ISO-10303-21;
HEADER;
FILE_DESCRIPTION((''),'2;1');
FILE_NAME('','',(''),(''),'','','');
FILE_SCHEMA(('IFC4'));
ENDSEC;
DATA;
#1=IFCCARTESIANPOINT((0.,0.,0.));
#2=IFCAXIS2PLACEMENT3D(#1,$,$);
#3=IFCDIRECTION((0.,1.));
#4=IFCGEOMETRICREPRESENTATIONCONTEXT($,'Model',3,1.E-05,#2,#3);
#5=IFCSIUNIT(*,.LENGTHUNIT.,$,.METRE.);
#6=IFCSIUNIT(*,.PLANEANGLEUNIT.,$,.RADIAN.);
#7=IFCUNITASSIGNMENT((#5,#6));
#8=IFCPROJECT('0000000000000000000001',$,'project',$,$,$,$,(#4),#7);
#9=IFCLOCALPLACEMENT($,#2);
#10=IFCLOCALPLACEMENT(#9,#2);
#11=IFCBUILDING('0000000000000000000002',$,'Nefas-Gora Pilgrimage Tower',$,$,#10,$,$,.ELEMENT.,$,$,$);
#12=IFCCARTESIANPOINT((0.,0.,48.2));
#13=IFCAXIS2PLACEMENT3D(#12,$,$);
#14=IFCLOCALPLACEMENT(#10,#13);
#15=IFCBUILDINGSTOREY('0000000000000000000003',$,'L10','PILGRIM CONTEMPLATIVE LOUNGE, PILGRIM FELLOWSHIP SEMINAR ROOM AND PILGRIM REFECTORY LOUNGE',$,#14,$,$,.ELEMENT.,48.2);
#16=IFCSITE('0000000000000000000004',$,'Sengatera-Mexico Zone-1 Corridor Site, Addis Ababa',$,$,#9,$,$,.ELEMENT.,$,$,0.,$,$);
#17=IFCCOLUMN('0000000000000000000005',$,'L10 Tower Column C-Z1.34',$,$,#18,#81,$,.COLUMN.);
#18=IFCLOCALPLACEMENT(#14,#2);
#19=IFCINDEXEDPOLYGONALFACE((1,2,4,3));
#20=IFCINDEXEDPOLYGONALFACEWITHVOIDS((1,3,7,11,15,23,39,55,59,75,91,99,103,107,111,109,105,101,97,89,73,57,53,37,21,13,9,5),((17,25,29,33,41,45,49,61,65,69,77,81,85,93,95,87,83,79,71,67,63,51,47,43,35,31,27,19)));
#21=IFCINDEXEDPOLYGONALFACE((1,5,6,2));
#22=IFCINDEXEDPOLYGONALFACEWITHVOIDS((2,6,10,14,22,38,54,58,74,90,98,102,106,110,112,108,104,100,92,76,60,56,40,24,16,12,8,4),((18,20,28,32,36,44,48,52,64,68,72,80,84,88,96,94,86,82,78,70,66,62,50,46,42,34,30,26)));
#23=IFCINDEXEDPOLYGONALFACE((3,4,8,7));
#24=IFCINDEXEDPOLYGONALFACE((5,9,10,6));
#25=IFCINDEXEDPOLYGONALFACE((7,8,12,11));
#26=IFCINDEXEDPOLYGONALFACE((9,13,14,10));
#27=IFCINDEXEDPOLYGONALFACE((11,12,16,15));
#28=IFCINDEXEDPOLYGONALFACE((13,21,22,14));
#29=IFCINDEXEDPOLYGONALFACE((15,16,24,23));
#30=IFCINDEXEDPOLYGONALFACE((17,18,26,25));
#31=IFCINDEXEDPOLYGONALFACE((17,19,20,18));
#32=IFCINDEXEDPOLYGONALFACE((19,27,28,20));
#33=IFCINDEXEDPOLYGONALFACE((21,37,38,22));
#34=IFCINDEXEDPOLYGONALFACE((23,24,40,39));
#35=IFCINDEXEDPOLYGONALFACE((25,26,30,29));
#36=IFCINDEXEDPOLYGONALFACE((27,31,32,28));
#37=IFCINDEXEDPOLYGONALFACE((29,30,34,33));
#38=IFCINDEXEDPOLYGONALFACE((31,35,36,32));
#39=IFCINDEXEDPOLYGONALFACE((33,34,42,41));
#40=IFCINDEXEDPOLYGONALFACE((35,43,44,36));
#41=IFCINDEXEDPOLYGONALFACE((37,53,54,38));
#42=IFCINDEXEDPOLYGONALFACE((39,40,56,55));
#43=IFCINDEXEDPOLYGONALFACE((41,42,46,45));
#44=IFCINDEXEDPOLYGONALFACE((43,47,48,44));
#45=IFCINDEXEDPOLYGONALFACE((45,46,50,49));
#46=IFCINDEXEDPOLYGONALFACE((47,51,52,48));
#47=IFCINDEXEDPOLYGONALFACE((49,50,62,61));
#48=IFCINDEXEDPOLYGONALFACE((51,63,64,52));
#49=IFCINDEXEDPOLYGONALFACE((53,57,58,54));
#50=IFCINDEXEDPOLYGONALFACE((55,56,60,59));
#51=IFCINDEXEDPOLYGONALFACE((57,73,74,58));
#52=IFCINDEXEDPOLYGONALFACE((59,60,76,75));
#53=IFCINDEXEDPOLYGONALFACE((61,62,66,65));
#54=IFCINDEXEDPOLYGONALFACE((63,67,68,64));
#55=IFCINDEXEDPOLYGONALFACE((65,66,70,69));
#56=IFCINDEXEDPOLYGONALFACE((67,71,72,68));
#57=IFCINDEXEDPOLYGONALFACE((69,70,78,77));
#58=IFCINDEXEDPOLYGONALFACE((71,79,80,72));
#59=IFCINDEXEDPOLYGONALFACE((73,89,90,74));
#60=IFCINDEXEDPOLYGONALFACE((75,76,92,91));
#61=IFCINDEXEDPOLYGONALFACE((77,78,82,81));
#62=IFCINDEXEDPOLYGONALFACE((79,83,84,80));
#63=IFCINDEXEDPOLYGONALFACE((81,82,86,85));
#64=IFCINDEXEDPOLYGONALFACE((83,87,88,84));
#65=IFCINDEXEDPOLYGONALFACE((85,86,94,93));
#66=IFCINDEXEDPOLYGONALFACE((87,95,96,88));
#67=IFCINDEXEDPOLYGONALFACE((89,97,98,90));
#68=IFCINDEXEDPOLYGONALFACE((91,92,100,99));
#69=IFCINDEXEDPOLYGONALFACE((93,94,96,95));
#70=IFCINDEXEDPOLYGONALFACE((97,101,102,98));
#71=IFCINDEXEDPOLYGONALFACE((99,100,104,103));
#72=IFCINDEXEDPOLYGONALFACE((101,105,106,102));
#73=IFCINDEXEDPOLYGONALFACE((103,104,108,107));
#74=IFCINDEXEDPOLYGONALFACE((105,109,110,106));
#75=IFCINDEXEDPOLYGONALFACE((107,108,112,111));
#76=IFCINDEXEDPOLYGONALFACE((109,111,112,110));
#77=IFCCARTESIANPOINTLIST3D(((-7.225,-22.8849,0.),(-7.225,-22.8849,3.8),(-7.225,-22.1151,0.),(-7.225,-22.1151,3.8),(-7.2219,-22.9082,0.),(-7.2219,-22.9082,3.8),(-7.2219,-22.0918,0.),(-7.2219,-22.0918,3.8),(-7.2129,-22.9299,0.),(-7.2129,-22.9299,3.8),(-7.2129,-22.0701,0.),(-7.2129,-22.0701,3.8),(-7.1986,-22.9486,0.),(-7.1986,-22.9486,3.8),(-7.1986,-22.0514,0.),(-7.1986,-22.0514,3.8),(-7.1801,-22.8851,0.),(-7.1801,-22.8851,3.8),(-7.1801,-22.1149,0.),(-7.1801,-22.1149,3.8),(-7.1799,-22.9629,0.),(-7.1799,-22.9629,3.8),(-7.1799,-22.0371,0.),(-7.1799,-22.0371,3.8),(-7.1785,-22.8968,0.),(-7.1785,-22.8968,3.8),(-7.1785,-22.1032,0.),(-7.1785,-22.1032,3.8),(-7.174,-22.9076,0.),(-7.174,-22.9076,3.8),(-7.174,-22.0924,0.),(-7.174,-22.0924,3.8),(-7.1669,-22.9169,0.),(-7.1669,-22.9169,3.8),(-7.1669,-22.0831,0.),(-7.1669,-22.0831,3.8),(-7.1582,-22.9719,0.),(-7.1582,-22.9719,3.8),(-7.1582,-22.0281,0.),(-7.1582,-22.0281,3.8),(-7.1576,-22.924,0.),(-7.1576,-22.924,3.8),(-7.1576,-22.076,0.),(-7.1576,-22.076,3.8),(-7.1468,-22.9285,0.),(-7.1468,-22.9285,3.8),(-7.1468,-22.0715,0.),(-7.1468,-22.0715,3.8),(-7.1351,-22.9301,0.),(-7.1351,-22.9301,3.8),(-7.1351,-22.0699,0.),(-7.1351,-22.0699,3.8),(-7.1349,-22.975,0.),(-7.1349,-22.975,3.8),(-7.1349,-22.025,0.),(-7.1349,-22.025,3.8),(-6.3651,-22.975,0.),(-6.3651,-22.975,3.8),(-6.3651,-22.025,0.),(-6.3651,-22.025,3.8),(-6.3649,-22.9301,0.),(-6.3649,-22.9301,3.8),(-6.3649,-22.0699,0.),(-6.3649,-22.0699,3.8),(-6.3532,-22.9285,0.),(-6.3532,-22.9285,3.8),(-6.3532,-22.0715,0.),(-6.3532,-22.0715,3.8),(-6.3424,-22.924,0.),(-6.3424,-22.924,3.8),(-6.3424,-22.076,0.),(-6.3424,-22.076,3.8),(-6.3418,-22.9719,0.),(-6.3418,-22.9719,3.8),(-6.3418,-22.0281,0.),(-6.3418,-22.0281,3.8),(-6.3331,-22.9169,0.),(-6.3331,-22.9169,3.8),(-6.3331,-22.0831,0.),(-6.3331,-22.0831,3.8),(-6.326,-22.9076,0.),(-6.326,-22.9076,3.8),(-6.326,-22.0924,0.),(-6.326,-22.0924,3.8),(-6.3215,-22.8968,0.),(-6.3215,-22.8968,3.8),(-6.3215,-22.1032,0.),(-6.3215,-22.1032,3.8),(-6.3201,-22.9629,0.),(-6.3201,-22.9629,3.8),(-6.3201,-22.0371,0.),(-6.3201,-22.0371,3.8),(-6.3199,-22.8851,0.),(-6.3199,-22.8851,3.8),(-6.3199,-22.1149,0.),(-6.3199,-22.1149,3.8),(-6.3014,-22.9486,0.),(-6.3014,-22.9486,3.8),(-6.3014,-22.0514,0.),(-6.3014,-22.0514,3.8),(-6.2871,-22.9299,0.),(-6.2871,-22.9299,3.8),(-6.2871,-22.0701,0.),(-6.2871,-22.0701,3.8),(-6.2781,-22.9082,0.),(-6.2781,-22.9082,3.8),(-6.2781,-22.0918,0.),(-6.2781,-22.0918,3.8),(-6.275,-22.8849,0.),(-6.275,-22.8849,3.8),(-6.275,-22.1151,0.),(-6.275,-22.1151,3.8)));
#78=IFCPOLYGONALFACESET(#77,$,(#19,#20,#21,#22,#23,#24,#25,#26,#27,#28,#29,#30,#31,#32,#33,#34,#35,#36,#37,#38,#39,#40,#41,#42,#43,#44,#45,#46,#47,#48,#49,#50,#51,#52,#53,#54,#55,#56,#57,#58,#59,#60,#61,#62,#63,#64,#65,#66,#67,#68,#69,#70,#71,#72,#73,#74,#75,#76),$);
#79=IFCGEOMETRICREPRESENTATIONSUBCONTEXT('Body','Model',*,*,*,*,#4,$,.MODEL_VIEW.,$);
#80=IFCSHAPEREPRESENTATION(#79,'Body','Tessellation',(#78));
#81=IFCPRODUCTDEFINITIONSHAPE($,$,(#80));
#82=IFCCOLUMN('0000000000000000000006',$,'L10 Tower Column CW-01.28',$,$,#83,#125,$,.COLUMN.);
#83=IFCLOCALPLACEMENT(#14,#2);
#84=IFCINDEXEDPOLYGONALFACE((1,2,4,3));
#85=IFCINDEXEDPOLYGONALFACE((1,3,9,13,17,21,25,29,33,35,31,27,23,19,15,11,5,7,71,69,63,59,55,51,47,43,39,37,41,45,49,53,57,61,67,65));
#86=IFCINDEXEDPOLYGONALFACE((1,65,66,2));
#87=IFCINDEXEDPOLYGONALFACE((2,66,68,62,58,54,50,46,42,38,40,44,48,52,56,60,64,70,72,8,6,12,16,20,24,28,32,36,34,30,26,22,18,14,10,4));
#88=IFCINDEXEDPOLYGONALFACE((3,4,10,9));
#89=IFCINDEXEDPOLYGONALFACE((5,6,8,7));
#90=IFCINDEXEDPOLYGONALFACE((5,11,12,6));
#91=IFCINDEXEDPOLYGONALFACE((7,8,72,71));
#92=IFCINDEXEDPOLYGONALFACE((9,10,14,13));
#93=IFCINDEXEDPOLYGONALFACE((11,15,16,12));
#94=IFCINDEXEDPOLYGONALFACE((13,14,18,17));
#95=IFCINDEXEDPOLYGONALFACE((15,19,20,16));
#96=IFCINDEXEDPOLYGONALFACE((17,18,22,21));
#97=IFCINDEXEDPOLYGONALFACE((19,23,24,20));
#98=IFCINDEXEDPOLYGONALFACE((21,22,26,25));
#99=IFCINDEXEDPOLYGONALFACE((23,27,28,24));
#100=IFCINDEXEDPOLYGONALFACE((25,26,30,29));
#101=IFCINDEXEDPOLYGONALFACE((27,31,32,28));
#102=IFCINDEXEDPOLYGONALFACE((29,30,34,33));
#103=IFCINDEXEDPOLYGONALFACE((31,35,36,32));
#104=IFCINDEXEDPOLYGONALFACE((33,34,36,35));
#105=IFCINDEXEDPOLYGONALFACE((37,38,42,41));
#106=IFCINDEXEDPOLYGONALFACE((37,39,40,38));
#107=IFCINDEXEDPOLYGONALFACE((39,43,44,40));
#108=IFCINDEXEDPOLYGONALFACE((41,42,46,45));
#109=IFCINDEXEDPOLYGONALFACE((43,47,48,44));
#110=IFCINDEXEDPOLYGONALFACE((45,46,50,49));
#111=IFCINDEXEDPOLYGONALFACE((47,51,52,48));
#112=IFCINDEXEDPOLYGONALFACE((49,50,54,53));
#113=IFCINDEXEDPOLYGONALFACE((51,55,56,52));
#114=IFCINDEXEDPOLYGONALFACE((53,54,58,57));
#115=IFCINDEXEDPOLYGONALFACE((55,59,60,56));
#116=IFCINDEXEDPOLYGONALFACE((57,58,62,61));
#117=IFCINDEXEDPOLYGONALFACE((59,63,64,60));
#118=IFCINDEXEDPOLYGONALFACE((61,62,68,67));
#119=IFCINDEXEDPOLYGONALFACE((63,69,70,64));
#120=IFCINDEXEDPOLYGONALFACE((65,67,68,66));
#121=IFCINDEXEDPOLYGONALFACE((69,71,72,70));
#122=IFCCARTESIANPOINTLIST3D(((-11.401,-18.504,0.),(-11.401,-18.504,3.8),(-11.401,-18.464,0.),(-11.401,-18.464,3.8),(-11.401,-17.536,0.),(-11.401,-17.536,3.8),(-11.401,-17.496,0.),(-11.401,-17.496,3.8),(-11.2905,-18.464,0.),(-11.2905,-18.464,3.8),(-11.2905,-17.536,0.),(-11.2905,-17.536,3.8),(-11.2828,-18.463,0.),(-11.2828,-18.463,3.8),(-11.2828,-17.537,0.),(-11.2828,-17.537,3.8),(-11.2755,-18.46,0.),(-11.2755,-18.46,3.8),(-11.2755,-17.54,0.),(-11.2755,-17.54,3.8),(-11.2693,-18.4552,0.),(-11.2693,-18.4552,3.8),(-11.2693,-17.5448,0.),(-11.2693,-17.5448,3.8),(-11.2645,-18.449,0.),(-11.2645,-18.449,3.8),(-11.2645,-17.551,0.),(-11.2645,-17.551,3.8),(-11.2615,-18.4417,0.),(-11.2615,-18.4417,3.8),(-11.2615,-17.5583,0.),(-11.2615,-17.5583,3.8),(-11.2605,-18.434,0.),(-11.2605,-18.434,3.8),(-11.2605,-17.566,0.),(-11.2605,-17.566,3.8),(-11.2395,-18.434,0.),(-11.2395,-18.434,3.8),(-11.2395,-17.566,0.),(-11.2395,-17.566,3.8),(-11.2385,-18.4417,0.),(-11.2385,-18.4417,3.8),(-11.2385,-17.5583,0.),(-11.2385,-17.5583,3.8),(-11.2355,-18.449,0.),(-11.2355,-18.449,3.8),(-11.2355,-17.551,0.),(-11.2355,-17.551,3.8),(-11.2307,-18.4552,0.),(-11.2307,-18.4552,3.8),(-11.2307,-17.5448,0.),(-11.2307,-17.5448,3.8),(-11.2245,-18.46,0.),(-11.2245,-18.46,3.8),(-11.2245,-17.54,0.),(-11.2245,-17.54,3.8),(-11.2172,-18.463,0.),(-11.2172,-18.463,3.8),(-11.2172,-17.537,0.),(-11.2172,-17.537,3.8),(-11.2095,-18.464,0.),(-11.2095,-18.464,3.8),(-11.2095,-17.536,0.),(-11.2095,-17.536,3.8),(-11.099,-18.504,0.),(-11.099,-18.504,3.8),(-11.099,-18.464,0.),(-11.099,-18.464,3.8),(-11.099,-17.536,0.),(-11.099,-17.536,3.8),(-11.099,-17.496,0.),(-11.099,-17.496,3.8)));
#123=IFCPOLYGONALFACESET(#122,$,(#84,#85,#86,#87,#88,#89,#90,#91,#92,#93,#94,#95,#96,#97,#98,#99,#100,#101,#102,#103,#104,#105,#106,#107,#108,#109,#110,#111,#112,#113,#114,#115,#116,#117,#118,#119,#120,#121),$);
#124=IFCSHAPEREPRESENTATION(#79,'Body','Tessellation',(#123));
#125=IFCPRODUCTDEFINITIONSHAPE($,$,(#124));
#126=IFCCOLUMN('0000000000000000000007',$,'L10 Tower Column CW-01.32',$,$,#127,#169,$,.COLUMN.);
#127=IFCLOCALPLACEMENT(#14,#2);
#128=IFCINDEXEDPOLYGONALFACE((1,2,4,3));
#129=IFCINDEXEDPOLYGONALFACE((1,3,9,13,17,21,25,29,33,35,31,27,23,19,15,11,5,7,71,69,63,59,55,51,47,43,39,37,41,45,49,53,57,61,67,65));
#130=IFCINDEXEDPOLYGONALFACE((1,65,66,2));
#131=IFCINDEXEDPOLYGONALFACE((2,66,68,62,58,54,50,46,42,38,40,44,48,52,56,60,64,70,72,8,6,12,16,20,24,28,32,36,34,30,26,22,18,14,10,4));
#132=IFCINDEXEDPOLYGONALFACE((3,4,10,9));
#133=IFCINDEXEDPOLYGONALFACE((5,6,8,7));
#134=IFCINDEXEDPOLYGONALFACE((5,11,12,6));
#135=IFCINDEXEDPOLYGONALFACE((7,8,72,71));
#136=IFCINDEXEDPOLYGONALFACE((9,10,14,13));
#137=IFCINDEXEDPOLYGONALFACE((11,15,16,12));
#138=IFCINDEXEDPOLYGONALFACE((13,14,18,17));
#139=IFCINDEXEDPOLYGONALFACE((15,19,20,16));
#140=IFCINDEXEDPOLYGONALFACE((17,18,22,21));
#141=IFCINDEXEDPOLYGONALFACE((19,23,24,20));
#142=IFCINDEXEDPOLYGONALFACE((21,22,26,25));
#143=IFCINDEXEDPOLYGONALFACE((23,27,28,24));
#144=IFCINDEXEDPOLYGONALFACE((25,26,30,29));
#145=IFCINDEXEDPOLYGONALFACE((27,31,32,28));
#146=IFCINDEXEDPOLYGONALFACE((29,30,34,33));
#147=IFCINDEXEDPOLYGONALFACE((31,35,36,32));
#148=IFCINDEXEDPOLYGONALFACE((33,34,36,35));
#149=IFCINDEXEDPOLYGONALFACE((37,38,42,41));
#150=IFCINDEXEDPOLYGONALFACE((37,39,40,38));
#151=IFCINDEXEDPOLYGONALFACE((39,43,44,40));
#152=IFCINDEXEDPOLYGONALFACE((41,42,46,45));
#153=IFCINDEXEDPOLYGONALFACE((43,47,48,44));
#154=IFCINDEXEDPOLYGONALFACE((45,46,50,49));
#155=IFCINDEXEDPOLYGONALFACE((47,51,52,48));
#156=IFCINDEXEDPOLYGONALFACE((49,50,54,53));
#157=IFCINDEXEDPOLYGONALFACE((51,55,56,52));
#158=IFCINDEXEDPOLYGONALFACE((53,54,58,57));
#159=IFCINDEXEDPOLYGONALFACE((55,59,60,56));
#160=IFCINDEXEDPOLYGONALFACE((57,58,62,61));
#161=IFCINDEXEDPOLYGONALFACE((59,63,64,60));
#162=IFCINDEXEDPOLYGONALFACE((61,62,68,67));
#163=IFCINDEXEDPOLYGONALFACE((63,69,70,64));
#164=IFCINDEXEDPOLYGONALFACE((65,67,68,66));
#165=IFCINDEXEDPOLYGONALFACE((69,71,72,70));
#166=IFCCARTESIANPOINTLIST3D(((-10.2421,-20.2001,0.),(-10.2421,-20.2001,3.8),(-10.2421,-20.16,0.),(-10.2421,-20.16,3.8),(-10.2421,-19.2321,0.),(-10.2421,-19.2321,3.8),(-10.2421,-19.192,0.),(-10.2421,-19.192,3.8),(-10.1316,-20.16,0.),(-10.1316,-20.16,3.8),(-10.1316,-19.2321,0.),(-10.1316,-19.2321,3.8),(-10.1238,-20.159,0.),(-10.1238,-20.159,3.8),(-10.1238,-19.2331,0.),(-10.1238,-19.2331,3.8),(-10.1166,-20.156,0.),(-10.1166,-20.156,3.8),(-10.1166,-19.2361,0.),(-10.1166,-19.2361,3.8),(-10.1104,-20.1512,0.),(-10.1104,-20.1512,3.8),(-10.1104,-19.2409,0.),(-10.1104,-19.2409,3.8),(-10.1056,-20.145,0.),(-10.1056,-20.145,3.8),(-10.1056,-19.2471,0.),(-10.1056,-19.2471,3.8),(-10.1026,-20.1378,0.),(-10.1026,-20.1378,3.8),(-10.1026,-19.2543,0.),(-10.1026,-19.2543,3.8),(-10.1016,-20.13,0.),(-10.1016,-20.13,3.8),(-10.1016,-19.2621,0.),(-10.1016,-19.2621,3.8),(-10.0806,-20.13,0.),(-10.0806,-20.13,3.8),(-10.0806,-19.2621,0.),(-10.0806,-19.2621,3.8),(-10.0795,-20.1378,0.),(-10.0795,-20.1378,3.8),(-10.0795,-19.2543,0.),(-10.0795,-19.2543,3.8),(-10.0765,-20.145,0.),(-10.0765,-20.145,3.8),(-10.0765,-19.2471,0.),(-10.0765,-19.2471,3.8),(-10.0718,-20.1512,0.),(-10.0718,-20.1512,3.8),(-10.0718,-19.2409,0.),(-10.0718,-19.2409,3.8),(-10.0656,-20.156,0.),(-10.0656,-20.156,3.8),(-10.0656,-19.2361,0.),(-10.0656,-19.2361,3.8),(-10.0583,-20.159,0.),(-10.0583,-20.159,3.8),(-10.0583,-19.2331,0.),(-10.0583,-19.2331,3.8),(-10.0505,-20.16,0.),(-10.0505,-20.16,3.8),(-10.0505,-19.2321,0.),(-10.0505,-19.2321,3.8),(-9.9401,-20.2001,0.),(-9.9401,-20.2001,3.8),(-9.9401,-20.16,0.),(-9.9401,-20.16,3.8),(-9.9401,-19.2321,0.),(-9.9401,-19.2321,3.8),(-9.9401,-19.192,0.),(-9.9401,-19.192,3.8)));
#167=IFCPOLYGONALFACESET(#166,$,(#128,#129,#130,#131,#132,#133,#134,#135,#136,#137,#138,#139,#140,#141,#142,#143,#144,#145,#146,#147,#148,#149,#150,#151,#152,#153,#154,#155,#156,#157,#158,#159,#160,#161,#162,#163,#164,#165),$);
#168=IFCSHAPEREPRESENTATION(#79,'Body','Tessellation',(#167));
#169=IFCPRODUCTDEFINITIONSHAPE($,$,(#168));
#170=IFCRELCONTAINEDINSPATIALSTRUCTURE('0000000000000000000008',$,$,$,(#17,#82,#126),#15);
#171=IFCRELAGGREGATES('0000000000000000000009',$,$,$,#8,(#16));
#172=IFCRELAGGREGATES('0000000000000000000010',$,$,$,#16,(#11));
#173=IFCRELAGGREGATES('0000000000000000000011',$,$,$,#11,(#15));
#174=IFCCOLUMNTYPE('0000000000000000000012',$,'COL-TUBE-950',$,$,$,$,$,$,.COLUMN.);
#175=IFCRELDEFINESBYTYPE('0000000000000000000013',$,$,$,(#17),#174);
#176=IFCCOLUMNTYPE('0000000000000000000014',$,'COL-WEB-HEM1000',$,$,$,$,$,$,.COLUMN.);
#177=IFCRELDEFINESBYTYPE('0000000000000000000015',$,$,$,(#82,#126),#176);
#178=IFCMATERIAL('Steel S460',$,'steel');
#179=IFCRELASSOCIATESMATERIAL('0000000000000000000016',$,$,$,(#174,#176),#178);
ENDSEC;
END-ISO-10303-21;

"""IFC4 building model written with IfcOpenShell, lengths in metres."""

from ifc_helpers import new_model, si_unit, direction, frame, origin, origin_2d, place, context, subcontext, project, spatial, hollow_rectangle, i_section, extrude, source, transform, mapped, material, material_profile, profile_set, type_object, element, save


model = new_model("IFC4")

# Units and contexts
model_context = context("Model", 3, precision=1e-05, world=origin(), true_north=direction((0.0, 1.0)))
body_context = subcontext(model_context, "Body", "Model", "MODEL_VIEW")
ifc_project = project(units=[si_unit("LENGTHUNIT", "METRE"), si_unit("PLANEANGLEUNIT", "RADIAN")], contexts=[model_context])

# Site, building, storey
site_placement = place(None, origin())
site = spatial("IfcSite", under=ifc_project, at=site_placement, Name="Sengatera-Mexico Zone-1 Corridor Site, Addis Ababa", CompositionType="ELEMENT", RefElevation=0.0)
building_placement = place(site_placement, origin())
building = spatial("IfcBuilding", under=site, at=building_placement, Name="Nefas-Gora Pilgrimage Tower", CompositionType="ELEMENT")
storey_placement = place(building_placement, frame((0.0, 0.0, 48.2)))
storey = spatial("IfcBuildingStorey", under=building, at=storey_placement, Name="L10", Description="PILGRIM CONTEMPLATIVE LOUNGE, PILGRIM FELLOWSHIP SEMINAR ROOM AND PILGRIM REFECTORY LOUNGE", CompositionType="ELEMENT", Elevation=48.2)

# Columns
ifc_material_1 = material(Name="Steel S460", Category="steel")
ifc_material_profile_1 = material_profile(ifc_material_1, hollow_rectangle(XDim=0.95, YDim=0.95, WallThickness=0.0449, InnerFilletRadius=0.0449, OuterFilletRadius=0.0901, at=origin_2d()), Name="BOX 950x950x45")
ifc_profile_set_1 = profile_set([ifc_material_profile_1], Name="Steel S460")
column_type_1 = type_object("IfcColumnType", Name="COL-TUBE-950", PredefinedType="COLUMN", material=ifc_profile_set_1)
shared_shape_1 = source(origin(), body_context, "Body", "SweptSolid", [
    extrude(hollow_rectangle(XDim=0.95, YDim=0.95, WallThickness=0.0449, InnerFilletRadius=0.0449, OuterFilletRadius=0.0901, at=origin_2d()), origin(), (0.0, 0.0, 1.0), 3.8),
])
column_placement = place(storey_placement, frame((-6.75, -22.5, 0.0), z_axis=(0.0, 0.0, 1.0), x_axis=(1.0, 0.0, 0.0)))
element("IfcColumn", 1, at=column_placement, inside=storey, type_object=column_type_1, Name="L10 Tower Column C-Z1.34", PredefinedType="COLUMN", context=body_context, shape_type="MappedRepresentation", body=[
    mapped(shared_shape_1, transform((0.0, 0.0, 0.0), x_axis=(1.0, 0.0, 0.0), y_axis=(0.0, 1.0, 0.0), z_axis=(0.0, 0.0, 1.0), scale=1.0)),
])
ifc_material_profile_2 = material_profile(ifc_material_1, i_section(OverallWidth=0.302, OverallDepth=1.0081, WebThickness=0.021, FlangeThickness=0.04, FilletRadius=0.03, at=origin_2d()), Name="HEM 1000")
ifc_profile_set_2 = profile_set([ifc_material_profile_2], Name="Steel S460")
column_type_2 = type_object("IfcColumnType", Name="COL-WEB-HEM1000", PredefinedType="COLUMN", material=ifc_profile_set_2)
shared_shape_2 = source(origin(), body_context, "Body", "SweptSolid", [
    extrude(i_section(OverallWidth=0.302, OverallDepth=1.0081, WebThickness=0.021, FlangeThickness=0.04, FilletRadius=0.03, at=origin_2d()), origin(), (0.0, 0.0, 1.0), 3.8),
])
for number, where, z_axis, x_axis, name in (
    (2, (-11.25, -18.0, 0.0), (0.0, 0.0, 1.0), (1.0, 0.0, 0.0), "L10 Tower Column CW-01.28"),
    (3, (-10.0911, -19.696, 0.0), (0.0, 0.0, 1.0), (1.0, 0.0, 0.0), "L10 Tower Column CW-01.32"),
):
    element("IfcColumn", number, at=place(storey_placement, frame(where, z_axis=z_axis, x_axis=x_axis)), inside=storey, type_object=column_type_2, Name=name, PredefinedType="COLUMN", context=body_context, shape_type="MappedRepresentation", body=[
        mapped(shared_shape_2, transform((0.0, 0.0, 0.0), x_axis=(1.0, 0.0, 0.0), y_axis=(0.0, 1.0, 0.0), z_axis=(0.0, 0.0, 1.0), scale=1.0)),
    ])

save(model, "model.ifc")
